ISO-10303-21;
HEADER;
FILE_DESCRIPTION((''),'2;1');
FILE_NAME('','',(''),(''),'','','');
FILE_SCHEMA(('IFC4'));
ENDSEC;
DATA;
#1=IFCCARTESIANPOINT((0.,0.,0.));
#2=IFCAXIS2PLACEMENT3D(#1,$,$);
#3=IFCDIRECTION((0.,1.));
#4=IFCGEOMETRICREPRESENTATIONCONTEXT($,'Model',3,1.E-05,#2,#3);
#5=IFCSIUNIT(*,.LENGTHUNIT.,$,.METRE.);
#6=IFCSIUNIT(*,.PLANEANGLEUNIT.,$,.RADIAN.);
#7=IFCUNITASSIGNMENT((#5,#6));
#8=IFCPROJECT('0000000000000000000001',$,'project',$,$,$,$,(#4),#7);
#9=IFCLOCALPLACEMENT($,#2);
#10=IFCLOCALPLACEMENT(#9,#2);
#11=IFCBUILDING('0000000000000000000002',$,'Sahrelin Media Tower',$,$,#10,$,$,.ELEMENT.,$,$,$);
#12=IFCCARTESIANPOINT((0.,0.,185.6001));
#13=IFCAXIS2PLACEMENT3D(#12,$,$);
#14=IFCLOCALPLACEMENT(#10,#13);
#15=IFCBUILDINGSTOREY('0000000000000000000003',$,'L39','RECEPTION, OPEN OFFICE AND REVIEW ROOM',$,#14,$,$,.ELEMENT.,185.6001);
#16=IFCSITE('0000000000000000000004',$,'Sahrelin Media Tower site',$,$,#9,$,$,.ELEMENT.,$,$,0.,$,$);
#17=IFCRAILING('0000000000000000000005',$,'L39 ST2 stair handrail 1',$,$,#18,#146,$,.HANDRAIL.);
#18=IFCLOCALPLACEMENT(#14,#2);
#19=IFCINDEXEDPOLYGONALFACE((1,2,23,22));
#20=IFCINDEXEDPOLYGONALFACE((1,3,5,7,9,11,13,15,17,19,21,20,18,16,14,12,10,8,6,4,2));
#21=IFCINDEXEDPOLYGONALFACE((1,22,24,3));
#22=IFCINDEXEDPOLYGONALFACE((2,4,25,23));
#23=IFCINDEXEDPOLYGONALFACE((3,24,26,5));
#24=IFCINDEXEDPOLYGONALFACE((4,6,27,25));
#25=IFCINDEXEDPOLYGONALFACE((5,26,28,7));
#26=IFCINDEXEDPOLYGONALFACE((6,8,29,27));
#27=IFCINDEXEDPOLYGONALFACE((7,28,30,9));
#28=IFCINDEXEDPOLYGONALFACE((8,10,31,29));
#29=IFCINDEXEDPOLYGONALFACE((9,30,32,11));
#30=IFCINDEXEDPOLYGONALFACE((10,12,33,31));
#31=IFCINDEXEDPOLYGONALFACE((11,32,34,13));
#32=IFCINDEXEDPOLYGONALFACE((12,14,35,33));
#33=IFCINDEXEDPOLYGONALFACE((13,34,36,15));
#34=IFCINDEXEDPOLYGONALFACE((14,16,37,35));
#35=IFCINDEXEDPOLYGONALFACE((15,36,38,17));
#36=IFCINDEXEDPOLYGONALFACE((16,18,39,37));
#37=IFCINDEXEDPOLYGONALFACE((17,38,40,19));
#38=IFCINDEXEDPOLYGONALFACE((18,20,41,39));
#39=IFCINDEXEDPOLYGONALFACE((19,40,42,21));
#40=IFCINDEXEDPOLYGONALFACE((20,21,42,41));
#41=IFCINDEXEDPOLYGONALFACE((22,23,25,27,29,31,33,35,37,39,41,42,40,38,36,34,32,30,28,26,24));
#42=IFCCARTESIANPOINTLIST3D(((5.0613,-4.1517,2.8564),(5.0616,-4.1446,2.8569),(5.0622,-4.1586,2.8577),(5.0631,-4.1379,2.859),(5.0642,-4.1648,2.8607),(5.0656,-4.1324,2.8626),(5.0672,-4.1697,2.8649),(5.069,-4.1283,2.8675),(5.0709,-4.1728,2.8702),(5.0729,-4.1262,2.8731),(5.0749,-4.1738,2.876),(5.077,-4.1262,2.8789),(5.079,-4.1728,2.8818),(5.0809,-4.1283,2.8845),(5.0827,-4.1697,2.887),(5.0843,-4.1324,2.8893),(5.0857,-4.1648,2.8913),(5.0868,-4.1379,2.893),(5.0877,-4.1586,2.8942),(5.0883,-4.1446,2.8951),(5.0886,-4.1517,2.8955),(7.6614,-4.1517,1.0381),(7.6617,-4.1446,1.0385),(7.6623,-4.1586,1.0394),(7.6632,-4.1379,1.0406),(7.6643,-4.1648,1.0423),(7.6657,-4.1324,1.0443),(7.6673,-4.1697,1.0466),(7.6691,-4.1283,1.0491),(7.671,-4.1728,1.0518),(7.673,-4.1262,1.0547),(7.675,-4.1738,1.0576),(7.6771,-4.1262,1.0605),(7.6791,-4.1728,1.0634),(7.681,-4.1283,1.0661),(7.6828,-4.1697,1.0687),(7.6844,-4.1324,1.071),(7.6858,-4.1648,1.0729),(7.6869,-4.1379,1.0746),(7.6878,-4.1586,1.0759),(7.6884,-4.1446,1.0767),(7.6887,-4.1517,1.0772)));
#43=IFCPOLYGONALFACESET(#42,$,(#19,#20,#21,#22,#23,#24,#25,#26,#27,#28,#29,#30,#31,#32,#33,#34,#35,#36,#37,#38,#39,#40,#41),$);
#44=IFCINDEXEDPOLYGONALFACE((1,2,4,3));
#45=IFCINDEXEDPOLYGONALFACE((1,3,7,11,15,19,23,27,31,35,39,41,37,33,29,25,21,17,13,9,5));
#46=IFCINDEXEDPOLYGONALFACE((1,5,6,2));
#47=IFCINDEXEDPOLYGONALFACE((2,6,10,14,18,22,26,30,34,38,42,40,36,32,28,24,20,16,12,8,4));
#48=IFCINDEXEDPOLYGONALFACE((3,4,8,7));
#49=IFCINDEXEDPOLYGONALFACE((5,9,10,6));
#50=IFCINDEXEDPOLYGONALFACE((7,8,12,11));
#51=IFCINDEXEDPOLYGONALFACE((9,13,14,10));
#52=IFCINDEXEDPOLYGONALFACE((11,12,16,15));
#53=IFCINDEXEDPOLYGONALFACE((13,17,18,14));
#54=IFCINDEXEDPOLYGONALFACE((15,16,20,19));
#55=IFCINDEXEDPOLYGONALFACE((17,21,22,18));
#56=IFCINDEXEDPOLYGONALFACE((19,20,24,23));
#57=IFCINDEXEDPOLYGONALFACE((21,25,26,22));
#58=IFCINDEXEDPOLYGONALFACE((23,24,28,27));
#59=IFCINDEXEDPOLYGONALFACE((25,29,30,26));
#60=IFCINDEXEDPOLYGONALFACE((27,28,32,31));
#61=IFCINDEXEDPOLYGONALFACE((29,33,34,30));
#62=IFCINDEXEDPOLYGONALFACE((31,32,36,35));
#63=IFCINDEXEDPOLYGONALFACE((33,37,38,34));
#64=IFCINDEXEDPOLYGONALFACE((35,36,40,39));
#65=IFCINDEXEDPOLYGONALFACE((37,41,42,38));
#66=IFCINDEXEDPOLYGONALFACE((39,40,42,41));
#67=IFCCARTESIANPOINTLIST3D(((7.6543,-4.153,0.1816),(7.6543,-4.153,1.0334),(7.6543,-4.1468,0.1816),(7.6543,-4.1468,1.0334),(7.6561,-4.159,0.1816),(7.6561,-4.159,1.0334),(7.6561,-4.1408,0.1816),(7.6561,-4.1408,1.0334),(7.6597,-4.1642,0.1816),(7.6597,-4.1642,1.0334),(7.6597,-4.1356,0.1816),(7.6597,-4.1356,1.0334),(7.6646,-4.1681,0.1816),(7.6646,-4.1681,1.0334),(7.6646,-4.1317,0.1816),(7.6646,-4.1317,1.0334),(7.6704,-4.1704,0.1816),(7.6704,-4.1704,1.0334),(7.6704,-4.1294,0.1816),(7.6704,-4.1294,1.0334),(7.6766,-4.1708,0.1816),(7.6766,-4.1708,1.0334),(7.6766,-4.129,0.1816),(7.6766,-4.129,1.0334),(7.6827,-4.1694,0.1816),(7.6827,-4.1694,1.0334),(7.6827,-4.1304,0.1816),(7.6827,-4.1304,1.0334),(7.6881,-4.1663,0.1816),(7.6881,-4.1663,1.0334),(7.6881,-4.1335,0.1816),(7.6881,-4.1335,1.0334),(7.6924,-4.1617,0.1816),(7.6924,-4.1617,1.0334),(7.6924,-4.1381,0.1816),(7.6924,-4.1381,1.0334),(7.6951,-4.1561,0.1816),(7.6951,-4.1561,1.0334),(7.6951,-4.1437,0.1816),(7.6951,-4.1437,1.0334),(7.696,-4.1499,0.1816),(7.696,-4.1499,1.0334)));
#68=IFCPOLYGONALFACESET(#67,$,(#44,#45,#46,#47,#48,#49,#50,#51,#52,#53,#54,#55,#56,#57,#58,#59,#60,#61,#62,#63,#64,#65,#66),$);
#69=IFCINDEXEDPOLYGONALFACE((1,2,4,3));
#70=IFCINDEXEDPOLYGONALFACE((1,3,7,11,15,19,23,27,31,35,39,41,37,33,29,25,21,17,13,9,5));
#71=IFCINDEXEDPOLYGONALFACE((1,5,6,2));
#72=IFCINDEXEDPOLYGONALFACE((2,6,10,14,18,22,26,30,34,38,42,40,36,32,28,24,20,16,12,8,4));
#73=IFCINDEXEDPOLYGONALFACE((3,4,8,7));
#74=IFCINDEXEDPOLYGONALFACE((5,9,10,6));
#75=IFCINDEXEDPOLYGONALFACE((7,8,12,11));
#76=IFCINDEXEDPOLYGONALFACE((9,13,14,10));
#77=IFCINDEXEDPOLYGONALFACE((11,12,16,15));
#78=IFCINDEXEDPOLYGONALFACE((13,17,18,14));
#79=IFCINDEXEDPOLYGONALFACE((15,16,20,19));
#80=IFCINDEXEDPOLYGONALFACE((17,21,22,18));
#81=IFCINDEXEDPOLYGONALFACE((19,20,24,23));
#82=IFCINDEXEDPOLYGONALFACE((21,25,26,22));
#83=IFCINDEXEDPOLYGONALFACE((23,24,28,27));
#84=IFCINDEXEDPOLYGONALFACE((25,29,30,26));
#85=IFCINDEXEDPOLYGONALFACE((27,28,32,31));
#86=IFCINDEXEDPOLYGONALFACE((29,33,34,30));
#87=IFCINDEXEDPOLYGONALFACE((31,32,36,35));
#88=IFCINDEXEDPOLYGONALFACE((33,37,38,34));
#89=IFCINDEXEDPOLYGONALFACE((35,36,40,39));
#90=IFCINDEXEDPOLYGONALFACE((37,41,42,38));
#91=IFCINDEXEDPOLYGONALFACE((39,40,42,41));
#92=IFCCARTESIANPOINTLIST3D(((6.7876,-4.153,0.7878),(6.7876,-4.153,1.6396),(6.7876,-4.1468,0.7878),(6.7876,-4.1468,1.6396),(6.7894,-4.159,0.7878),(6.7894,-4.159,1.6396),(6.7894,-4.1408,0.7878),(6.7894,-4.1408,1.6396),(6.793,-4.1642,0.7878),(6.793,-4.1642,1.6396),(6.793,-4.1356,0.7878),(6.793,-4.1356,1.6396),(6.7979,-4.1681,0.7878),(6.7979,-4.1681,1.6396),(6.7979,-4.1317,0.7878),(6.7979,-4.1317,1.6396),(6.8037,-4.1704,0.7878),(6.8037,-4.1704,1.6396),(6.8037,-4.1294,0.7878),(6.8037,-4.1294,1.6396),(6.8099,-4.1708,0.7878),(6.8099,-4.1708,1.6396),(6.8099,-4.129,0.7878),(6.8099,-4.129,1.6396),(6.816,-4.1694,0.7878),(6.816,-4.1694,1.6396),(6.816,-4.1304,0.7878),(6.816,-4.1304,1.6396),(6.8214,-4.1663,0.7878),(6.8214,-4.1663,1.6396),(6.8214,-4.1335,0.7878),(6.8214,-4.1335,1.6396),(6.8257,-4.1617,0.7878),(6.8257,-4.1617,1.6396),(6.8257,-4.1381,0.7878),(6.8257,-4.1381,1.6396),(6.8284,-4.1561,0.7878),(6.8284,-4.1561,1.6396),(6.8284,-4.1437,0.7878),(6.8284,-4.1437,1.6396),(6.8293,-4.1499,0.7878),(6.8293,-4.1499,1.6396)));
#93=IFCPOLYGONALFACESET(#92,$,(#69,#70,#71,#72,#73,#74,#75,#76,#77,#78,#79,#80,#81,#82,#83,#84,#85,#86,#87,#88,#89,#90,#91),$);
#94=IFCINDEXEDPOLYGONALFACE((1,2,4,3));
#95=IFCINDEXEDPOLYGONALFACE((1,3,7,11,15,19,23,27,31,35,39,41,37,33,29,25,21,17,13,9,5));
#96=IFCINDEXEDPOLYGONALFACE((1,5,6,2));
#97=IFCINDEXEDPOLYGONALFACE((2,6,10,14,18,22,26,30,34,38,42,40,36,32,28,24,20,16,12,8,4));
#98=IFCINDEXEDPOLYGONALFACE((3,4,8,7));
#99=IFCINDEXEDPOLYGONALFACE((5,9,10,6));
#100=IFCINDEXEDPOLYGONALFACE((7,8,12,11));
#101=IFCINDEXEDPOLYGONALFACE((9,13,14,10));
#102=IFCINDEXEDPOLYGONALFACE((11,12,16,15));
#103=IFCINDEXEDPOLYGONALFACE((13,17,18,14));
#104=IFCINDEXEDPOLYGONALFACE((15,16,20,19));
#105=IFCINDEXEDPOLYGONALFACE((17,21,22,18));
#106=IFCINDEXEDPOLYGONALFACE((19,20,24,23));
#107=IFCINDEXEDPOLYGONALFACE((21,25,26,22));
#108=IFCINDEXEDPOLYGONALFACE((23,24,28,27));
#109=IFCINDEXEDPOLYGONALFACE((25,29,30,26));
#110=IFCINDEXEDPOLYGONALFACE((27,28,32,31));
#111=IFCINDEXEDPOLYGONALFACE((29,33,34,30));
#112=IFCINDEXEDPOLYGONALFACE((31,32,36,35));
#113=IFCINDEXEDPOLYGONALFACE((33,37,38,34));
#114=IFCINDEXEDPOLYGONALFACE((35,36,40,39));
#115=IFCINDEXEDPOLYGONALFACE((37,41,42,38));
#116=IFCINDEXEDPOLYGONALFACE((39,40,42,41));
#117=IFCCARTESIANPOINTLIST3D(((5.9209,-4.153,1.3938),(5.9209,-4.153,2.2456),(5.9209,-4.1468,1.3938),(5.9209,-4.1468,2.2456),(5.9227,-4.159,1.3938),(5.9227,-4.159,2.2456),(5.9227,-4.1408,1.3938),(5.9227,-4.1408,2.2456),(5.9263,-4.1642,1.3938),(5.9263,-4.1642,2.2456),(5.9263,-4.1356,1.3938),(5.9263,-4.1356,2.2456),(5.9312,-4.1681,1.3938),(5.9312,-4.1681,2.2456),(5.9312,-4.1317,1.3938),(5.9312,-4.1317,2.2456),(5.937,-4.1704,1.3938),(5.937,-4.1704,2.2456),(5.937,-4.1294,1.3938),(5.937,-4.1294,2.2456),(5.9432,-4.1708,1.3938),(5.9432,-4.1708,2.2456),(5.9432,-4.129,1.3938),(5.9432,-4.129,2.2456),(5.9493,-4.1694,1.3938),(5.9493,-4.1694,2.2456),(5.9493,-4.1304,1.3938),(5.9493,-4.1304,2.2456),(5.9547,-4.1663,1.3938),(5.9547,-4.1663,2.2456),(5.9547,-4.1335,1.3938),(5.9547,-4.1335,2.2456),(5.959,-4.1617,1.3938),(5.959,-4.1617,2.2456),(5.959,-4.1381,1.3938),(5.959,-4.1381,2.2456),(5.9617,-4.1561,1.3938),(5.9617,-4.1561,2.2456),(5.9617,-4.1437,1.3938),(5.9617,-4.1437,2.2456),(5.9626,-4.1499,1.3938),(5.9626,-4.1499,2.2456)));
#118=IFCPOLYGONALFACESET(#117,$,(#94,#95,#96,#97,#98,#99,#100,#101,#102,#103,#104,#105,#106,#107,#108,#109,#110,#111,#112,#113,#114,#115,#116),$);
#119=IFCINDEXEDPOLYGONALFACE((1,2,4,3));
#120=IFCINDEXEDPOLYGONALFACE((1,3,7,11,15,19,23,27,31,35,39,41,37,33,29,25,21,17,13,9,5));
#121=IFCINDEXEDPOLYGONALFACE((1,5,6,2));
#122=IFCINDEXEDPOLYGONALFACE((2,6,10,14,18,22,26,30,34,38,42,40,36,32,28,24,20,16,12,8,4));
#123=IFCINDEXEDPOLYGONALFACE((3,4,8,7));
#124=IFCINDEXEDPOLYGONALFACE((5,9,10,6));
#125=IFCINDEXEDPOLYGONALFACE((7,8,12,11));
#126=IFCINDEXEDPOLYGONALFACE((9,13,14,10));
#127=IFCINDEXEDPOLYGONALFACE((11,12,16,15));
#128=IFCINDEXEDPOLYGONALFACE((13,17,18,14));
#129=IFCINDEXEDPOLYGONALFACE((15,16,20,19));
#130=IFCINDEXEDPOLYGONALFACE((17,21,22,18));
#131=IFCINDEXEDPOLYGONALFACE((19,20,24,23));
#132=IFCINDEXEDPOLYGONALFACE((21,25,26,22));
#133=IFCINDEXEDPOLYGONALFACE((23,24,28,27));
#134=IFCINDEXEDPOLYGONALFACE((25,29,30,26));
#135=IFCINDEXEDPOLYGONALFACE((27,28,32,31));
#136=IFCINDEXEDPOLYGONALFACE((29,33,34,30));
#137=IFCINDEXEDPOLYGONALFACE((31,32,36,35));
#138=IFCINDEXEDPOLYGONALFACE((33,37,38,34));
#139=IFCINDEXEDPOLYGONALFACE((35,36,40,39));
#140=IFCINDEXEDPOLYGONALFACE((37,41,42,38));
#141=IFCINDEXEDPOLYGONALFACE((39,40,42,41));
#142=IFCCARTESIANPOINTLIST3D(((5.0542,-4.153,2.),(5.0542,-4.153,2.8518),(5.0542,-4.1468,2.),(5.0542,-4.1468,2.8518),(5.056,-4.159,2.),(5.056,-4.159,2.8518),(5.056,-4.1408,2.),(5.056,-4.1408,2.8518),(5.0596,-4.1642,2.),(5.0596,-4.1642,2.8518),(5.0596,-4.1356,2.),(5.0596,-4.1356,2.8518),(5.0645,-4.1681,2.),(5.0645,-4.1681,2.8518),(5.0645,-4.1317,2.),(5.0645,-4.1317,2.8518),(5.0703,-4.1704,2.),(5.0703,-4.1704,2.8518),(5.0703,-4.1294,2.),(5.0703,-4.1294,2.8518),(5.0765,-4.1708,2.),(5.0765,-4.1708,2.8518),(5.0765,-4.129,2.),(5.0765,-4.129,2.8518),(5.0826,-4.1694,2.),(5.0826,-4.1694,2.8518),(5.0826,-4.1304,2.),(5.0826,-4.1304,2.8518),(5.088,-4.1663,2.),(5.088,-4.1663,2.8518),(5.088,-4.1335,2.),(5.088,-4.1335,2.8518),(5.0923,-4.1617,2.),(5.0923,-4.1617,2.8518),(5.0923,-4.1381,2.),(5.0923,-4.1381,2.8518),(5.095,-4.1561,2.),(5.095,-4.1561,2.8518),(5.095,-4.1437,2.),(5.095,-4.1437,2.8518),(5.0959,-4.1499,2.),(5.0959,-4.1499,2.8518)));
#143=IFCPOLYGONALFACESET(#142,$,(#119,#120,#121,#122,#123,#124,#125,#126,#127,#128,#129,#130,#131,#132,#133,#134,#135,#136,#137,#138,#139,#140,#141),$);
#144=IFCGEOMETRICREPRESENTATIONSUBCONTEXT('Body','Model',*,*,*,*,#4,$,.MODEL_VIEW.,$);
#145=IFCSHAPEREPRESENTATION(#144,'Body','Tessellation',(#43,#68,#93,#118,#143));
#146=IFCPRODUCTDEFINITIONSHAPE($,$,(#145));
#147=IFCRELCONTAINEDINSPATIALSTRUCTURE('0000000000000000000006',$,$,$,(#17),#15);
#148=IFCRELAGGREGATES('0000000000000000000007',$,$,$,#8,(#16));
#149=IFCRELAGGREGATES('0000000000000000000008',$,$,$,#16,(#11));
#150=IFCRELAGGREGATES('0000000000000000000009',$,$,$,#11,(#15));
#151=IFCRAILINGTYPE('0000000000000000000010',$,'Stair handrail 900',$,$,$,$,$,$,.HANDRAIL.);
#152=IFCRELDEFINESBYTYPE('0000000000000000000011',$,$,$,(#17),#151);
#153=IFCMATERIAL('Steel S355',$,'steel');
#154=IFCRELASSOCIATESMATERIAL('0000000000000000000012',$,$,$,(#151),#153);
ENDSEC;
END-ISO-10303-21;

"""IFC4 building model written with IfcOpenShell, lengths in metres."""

from ifc_helpers import new_model, si_unit, direction, frame, origin, origin_2d, place, context, subcontext, project, spatial, circle, extrude, material, type_object, element, save


model = new_model("IFC4")

# Units and contexts
model_context = context("Model", 3, precision=1e-05, world=origin(), true_north=direction((0.0, 1.0)))
body_context = subcontext(model_context, "Body", "Model", "MODEL_VIEW")
ifc_project = project(units=[si_unit("LENGTHUNIT", "METRE"), si_unit("PLANEANGLEUNIT", "RADIAN")], contexts=[model_context])

# Site, building, storey
site_placement = place(None, origin())
site = spatial("IfcSite", under=ifc_project, at=site_placement, Name="Sahrelin Media Tower site", CompositionType="ELEMENT", RefElevation=0.0)
building_placement = place(site_placement, origin())
building = spatial("IfcBuilding", under=site, at=building_placement, Name="Sahrelin Media Tower", CompositionType="ELEMENT")
storey_placement = place(building_placement, frame((0.0, 0.0, 185.6001)))
storey = spatial("IfcBuildingStorey", under=building, at=storey_placement, Name="L39", Description="RECEPTION, OPEN OFFICE AND REVIEW ROOM", CompositionType="ELEMENT", Elevation=185.6001)

# Shared definitions
ifc_material_1 = material(Name="Steel S355", Category="steel")

# Railing
railing_type_1 = type_object("IfcRailingType", Name="Stair handrail 900", PredefinedType="HANDRAIL", material=ifc_material_1)
railing_1_placement = place(storey_placement, frame((7.675, -4.1499, 0.1816)))
element("IfcRailing", 1, at=railing_1_placement, inside=storey, type_object=railing_type_1, Name="L39 ST2 stair handrail 1", PredefinedType="HANDRAIL", context=body_context, shape_type="SweptSolid", body=[
    extrude(circle(Radius=0.0239, at=origin_2d()), frame((0.0, 0.0, 0.876), z_axis=(-0.819485, 0.0, 0.573101), x_axis=(0.0, -1.0, 0.0)), (0.0, 0.0, 1.0), 3.1729),
    extrude(circle(Radius=0.021, at=origin_2d()), origin(), (0.0, 0.0, 1.0), 0.8518),
    extrude(circle(Radius=0.021, at=origin_2d()), frame((-0.8667, 0.0, 0.6062)), (0.0, 0.0, 1.0), 0.8518),
    extrude(circle(Radius=0.021, at=origin_2d()), frame((-1.7334, 0.0, 1.2122)), (0.0, 0.0, 1.0), 0.8518),
    extrude(circle(Radius=0.021, at=origin_2d()), frame((-2.6001, 0.0, 1.8184)), (0.0, 0.0, 1.0), 0.8518),
])

save(model, "model.ifc")
